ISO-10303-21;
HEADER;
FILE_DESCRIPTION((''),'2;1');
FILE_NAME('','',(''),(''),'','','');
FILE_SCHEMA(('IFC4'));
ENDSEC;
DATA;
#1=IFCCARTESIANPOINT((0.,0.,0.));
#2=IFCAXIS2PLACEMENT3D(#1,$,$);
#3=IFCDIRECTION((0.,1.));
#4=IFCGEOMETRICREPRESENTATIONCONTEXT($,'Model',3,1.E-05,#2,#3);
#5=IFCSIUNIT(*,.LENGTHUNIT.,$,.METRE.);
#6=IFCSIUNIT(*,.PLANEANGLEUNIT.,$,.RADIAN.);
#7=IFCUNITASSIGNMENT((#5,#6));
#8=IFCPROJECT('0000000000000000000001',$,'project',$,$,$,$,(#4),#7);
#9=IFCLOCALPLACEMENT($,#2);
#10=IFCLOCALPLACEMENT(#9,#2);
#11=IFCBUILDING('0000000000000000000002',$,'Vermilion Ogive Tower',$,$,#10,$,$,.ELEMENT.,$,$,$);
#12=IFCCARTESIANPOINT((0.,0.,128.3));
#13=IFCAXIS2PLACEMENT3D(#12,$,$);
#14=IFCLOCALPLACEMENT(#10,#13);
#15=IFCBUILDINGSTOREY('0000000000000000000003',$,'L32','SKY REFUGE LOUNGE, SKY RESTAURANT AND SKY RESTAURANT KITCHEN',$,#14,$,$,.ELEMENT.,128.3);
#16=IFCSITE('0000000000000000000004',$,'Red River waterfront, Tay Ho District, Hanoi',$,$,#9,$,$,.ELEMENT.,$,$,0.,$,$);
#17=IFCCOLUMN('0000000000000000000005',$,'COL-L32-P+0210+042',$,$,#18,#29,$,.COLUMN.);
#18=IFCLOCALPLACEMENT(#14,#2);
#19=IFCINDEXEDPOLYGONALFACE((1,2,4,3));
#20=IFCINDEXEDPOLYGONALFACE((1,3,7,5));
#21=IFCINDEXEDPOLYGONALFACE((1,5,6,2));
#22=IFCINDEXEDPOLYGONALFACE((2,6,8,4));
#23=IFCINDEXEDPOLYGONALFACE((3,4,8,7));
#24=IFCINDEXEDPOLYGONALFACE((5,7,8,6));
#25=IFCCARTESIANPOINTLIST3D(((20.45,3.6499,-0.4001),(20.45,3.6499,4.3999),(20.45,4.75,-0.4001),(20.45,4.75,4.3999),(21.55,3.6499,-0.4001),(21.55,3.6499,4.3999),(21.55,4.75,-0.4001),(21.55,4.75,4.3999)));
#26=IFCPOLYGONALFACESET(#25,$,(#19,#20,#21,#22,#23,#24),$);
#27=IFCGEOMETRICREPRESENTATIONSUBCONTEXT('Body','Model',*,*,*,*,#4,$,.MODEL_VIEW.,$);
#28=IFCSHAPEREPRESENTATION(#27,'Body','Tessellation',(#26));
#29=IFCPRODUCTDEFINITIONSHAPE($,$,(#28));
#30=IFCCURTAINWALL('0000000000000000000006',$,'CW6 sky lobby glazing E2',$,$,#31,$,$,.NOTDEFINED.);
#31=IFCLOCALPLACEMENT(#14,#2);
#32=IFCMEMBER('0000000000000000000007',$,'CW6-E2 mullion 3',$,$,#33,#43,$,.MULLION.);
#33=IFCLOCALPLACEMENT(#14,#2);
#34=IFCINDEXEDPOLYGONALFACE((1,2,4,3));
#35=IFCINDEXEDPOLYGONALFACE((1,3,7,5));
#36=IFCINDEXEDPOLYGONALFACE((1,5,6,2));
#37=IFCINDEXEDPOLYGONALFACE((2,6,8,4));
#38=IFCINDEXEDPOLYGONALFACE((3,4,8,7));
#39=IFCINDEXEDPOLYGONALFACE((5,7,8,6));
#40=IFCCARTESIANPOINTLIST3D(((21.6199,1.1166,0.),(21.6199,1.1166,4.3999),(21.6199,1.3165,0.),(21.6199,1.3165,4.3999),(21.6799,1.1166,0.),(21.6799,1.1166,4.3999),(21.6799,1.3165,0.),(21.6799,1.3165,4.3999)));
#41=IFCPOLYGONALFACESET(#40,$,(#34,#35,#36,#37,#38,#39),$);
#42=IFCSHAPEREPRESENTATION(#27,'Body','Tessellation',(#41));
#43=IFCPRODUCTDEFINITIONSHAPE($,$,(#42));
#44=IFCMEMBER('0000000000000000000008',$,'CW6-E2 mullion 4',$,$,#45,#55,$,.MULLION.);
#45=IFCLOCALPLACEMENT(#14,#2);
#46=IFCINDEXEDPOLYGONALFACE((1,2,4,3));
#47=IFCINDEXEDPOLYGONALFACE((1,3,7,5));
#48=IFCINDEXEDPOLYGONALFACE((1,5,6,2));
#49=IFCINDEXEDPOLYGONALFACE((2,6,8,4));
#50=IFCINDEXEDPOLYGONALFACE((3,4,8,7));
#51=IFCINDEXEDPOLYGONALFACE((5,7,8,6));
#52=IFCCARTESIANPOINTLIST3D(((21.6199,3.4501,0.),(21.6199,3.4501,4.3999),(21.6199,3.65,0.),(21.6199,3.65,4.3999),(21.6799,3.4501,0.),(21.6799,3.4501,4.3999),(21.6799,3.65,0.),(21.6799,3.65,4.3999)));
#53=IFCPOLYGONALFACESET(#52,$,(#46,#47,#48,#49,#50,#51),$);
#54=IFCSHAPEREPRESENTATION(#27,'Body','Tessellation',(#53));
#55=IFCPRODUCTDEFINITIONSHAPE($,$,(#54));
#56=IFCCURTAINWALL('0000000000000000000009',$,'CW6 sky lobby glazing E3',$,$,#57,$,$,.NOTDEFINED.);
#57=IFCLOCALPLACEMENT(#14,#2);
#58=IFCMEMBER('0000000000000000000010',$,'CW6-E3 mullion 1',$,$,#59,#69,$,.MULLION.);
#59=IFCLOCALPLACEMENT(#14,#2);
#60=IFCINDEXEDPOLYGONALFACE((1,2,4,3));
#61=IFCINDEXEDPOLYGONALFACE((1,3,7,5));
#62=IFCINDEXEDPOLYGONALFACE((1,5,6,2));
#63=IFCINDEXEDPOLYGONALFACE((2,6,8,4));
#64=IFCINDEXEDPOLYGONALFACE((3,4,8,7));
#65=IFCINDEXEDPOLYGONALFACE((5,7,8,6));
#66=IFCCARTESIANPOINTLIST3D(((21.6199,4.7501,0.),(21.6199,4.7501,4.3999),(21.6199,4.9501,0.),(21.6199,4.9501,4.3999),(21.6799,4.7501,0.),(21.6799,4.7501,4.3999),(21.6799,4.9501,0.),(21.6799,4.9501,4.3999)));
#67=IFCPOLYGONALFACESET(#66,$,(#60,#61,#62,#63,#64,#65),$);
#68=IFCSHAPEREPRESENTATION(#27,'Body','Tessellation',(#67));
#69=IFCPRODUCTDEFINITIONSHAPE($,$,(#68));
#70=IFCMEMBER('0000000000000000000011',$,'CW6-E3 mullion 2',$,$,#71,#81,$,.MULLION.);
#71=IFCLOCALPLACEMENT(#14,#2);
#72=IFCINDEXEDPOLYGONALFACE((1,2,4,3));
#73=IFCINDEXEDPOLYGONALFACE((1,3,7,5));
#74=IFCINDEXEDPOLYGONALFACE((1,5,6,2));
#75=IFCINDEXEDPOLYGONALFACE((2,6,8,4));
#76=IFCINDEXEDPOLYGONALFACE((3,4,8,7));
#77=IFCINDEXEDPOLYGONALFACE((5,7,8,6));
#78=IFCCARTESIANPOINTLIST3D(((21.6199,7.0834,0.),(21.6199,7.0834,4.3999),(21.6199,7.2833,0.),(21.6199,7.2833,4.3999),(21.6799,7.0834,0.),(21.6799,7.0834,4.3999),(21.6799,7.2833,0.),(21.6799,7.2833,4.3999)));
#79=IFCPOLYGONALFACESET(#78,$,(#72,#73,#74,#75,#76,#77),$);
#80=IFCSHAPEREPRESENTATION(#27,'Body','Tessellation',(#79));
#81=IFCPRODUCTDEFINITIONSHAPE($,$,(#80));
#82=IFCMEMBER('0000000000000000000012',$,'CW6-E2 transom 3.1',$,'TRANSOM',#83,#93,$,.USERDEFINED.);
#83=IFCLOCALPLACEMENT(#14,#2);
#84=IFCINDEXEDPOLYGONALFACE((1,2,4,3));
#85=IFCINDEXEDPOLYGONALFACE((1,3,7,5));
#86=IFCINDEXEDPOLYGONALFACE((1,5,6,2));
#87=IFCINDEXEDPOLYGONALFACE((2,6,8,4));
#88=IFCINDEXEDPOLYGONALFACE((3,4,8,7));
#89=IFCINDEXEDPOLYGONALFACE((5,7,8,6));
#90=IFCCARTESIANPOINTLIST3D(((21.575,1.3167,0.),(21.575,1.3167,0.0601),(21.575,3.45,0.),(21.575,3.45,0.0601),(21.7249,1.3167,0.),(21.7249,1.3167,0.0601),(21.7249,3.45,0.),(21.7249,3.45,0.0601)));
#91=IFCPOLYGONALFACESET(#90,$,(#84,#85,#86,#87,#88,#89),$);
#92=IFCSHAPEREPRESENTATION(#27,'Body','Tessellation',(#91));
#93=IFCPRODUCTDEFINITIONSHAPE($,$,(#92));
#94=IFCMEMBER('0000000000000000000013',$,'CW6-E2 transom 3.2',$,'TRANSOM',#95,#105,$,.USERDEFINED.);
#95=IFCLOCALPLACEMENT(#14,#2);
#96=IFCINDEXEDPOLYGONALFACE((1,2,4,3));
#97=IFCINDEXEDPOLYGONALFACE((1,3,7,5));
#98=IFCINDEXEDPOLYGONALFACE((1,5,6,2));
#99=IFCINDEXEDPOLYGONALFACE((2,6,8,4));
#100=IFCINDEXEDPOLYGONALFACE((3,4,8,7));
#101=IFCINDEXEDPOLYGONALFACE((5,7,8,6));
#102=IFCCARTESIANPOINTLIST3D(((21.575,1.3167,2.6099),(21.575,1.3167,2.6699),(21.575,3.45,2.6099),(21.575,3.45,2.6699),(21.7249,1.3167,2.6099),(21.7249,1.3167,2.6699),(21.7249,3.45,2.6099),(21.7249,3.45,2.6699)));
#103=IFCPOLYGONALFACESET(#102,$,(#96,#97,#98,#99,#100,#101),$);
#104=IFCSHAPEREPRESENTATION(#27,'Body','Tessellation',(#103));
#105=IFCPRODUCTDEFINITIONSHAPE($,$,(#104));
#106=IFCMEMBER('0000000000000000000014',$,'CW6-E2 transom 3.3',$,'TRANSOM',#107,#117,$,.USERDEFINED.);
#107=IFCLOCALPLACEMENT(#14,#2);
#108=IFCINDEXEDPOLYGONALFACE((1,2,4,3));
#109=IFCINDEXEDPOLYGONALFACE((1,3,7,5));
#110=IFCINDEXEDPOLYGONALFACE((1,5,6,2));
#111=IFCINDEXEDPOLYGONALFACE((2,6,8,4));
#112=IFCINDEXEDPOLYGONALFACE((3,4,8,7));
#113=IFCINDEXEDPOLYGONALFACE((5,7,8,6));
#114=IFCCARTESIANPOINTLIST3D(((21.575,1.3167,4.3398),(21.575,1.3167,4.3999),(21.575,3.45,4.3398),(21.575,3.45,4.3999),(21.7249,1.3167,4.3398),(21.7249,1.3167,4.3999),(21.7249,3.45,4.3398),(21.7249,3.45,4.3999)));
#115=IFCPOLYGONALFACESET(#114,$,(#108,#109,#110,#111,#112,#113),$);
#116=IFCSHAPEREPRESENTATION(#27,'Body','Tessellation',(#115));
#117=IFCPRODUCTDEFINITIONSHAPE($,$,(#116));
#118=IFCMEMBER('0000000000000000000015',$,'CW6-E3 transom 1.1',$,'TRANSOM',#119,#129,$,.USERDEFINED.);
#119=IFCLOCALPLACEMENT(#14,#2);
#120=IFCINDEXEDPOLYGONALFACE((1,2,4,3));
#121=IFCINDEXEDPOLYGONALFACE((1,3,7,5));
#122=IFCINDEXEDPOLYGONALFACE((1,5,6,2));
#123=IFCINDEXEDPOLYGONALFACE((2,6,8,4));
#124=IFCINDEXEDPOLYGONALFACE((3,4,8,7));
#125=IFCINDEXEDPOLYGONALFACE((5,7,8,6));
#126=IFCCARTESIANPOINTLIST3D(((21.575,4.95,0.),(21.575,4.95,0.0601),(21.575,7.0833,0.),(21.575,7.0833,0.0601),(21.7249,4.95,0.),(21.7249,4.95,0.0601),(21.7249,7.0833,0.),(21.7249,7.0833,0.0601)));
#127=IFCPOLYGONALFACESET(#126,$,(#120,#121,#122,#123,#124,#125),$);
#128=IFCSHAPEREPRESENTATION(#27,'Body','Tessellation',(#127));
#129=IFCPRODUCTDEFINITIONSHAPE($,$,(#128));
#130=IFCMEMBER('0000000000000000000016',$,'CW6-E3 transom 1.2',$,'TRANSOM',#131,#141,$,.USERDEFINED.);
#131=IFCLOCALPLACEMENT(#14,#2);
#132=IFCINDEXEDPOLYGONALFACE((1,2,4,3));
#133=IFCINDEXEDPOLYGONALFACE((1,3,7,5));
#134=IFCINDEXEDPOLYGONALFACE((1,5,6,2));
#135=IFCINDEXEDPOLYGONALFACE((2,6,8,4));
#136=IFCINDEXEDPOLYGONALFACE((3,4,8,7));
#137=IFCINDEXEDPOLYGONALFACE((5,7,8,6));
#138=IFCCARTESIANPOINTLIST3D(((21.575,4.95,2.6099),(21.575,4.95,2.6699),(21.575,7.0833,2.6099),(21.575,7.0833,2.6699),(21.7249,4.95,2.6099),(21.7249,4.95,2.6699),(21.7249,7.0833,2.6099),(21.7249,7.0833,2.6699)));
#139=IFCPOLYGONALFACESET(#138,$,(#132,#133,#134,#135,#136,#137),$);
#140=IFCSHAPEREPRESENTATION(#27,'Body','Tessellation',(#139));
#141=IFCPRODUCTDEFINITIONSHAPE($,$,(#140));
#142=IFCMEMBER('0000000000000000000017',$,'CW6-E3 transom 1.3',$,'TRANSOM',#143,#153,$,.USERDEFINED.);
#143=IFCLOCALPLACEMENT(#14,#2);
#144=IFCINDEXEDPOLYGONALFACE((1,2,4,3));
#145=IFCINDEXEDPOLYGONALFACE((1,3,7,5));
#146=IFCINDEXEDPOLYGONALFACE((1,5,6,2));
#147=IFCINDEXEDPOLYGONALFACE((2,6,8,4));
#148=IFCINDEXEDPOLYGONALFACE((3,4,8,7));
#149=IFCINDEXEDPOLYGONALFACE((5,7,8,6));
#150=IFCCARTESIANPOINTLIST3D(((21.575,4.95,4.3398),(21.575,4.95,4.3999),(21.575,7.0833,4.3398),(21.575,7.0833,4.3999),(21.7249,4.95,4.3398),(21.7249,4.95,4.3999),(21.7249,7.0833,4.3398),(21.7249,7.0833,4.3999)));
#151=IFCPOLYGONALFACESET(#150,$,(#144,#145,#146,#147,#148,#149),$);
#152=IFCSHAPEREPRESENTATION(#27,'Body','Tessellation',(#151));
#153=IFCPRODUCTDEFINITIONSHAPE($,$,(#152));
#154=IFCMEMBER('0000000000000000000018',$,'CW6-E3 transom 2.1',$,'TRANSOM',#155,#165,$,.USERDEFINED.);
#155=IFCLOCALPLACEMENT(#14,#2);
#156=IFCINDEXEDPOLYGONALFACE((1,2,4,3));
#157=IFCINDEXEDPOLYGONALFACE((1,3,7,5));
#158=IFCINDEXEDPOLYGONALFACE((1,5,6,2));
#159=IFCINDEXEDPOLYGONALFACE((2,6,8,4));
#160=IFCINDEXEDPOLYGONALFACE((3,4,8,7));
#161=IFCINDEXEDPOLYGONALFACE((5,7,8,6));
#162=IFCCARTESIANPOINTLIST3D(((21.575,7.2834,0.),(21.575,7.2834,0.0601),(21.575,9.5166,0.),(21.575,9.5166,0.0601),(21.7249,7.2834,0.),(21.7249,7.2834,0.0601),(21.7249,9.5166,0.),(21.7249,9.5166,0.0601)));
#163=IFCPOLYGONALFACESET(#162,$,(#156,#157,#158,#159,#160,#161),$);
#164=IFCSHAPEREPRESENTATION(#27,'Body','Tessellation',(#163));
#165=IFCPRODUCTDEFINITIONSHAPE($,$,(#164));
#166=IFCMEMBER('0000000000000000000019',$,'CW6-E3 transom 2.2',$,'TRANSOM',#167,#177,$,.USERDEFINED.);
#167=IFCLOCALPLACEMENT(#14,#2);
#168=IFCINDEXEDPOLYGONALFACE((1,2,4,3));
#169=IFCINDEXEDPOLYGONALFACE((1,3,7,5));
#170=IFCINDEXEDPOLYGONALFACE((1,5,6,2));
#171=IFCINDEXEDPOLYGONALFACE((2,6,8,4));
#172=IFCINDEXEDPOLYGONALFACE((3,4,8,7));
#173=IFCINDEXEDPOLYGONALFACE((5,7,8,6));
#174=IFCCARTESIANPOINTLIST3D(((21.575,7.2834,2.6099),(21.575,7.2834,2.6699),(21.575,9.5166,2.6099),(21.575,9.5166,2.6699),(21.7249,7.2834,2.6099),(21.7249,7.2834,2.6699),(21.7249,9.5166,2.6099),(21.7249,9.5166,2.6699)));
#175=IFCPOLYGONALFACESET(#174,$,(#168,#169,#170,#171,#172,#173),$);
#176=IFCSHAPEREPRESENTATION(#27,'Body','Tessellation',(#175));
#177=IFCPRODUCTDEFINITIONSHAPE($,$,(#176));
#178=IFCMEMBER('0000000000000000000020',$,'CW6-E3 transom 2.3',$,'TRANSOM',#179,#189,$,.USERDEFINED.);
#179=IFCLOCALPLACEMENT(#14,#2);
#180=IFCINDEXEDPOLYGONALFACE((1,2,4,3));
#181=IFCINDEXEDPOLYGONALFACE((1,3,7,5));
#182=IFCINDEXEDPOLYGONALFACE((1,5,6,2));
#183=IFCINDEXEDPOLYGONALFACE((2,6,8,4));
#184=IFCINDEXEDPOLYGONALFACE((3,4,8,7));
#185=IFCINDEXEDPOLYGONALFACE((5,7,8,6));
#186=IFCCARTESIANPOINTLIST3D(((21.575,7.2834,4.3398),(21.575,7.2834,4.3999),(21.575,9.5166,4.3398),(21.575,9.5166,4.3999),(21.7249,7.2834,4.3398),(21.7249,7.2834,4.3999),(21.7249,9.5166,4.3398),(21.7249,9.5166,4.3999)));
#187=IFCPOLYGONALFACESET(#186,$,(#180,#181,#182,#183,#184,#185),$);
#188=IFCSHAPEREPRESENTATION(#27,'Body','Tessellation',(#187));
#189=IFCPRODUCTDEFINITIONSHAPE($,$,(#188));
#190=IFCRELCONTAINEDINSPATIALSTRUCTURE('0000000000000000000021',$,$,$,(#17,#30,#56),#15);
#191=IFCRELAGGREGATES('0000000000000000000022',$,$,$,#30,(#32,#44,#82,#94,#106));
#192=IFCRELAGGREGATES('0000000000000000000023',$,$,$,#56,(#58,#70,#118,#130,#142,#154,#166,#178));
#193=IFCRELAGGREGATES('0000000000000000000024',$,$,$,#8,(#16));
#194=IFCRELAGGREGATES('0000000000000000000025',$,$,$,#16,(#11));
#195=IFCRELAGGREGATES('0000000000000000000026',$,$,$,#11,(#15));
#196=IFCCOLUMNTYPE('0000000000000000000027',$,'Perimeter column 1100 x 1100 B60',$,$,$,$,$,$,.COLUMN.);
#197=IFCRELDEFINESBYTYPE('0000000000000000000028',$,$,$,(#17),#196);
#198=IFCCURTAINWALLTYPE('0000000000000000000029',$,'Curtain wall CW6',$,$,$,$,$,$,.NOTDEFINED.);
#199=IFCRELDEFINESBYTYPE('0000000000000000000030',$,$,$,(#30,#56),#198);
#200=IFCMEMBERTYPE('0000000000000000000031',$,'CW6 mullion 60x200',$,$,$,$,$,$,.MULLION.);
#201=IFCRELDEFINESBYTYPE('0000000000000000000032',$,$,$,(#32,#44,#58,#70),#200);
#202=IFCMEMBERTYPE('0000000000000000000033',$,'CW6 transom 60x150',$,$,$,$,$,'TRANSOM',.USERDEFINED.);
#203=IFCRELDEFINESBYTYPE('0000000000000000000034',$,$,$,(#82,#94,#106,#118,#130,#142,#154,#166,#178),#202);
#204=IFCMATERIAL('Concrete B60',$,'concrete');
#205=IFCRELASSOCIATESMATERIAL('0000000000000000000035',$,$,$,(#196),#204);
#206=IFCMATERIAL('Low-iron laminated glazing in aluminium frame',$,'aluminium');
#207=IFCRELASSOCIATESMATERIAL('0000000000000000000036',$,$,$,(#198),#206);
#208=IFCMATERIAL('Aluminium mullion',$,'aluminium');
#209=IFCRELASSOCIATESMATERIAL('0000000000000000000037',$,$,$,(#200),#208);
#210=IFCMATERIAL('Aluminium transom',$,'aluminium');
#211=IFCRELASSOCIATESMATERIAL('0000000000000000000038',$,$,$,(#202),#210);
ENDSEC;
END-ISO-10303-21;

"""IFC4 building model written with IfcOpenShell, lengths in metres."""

from ifc_helpers import new_model, si_unit, direction, frame, origin, origin_2d, place, context, subcontext, project, spatial, rectangle, extrude, material, material_profile, profile_set, type_object, element, aggregate, save


model = new_model("IFC4")

# Units and contexts
model_context = context("Model", 3, precision=1e-05, world=origin(), true_north=direction((0.0, 1.0)))
body_context = subcontext(model_context, "Body", "Model", "MODEL_VIEW")
ifc_project = project(units=[si_unit("LENGTHUNIT", "METRE"), si_unit("PLANEANGLEUNIT", "RADIAN")], contexts=[model_context])

# Site, building, storey
site_placement = place(None, origin())
site = spatial("IfcSite", under=ifc_project, at=site_placement, Name="Red River waterfront, Tay Ho District, Hanoi", CompositionType="ELEMENT", RefElevation=0.0)
building_placement = place(site_placement, origin())
building = spatial("IfcBuilding", under=site, at=building_placement, Name="Vermilion Ogive Tower", CompositionType="ELEMENT")
storey_placement = place(building_placement, frame((0.0, 0.0, 128.3)))
storey = spatial("IfcBuildingStorey", under=building, at=storey_placement, Name="L32", Description="SKY REFUGE LOUNGE, SKY RESTAURANT AND SKY RESTAURANT KITCHEN", CompositionType="ELEMENT", Elevation=128.3)

# Column
ifc_material_1 = material(Name="Concrete B60", Category="concrete")
ifc_material_profile_1 = material_profile(ifc_material_1, rectangle(XDim=1.1001, YDim=1.1001, at=origin_2d()), Name="1100 x 1100")
ifc_profile_set_1 = profile_set([ifc_material_profile_1], Name="Concrete B60")
column_type = type_object("IfcColumnType", Name="Perimeter column 1100 x 1100 B60", PredefinedType="COLUMN", material=ifc_profile_set_1)
column_placement = place(storey_placement, frame((21.0, 4.2, -0.4001), z_axis=(0.0, 0.0, 1.0), x_axis=(1.0, 0.0, 0.0)))
element("IfcColumn", 1, at=column_placement, inside=storey, type_object=column_type, Name="COL-L32-P+0210+042", PredefinedType="COLUMN", context=body_context, shape_type="SweptSolid", body=[
    extrude(rectangle(XDim=1.1001, YDim=1.1001, at=origin_2d()), origin(), (0.0, 0.0, 1.0), 4.8),
])

# Curtain walls, members
ifc_material_2 = material(Name="Low-iron laminated glazing in aluminium frame", Category="aluminium")
curtain_wall_type = type_object("IfcCurtainWallType", Name="Curtain wall CW6", PredefinedType="NOTDEFINED", material=ifc_material_2)
curtain_wall_1_placement = place(storey_placement, origin())
curtain_wall_1 = element("IfcCurtainWall", 2, at=curtain_wall_1_placement, inside=storey, type_object=curtain_wall_type, Name="CW6 sky lobby glazing E2", PredefinedType="NOTDEFINED")
ifc_material_3 = material(Name="Aluminium mullion", Category="aluminium")
ifc_material_profile_2 = material_profile(ifc_material_3, rectangle(XDim=0.0601, YDim=0.2, at=origin_2d()), Name="AL 60x200")
ifc_profile_set_2 = profile_set([ifc_material_profile_2], Name="Aluminium mullion")
member_type_1 = type_object("IfcMemberType", Name="CW6 mullion 60x200", PredefinedType="MULLION", material=ifc_profile_set_2)
member_1_placement = place(storey_placement, frame((21.6499, 1.2166, 0.0), z_axis=(0.0, 0.0, 1.0), x_axis=(-1.0, 0.0, 0.0)))
member_1 = element("IfcMember", 3, at=member_1_placement, type_object=member_type_1, Name="CW6-E2 mullion 3", PredefinedType="MULLION", context=body_context, shape_type="SweptSolid", body=[
    extrude(rectangle(XDim=0.0601, YDim=0.2, at=origin_2d()), origin(), (0.0, 0.0, 1.0), 4.3999),
])
member_2_placement = place(storey_placement, frame((21.6499, 3.55, 0.0), z_axis=(0.0, 0.0, 1.0), x_axis=(-1.0, 0.0, 0.0)))
member_2 = element("IfcMember", 4, at=member_2_placement, type_object=member_type_1, Name="CW6-E2 mullion 4", PredefinedType="MULLION", context=body_context, shape_type="SweptSolid", body=[
    extrude(rectangle(XDim=0.0601, YDim=0.2, at=origin_2d()), origin(), (0.0, 0.0, 1.0), 4.3999),
])
curtain_wall_2_placement = place(storey_placement, origin())
curtain_wall_2 = element("IfcCurtainWall", 5, at=curtain_wall_2_placement, inside=storey, type_object=curtain_wall_type, Name="CW6 sky lobby glazing E3", PredefinedType="NOTDEFINED")
member_3_placement = place(storey_placement, frame((21.6499, 4.8501, 0.0), z_axis=(0.0, 0.0, 1.0), x_axis=(-1.0, 0.0, 0.0)))
member_3 = element("IfcMember", 6, at=member_3_placement, type_object=member_type_1, Name="CW6-E3 mullion 1", PredefinedType="MULLION", context=body_context, shape_type="SweptSolid", body=[
    extrude(rectangle(XDim=0.0601, YDim=0.2, at=origin_2d()), origin(), (0.0, 0.0, 1.0), 4.3999),
])
member_4_placement = place(storey_placement, frame((21.6499, 7.1833, 0.0), z_axis=(0.0, 0.0, 1.0), x_axis=(-1.0, 0.0, 0.0)))
member_4 = element("IfcMember", 7, at=member_4_placement, type_object=member_type_1, Name="CW6-E3 mullion 2", PredefinedType="MULLION", context=body_context, shape_type="SweptSolid", body=[
    extrude(rectangle(XDim=0.0601, YDim=0.2, at=origin_2d()), origin(), (0.0, 0.0, 1.0), 4.3999),
])

# Members
ifc_material_4 = material(Name="Aluminium transom", Category="aluminium")
ifc_material_profile_3 = material_profile(ifc_material_4, rectangle(XDim=0.1499, YDim=0.0601, at=origin_2d()), Name="AL 60x150")
ifc_profile_set_3 = profile_set([ifc_material_profile_3], Name="Aluminium transom")
member_type_2 = type_object("IfcMemberType", Name="CW6 transom 60x150", ElementType="TRANSOM", PredefinedType="USERDEFINED", material=ifc_profile_set_3)
member_5_placement = place(storey_placement, frame((21.6499, 1.3167, 0.03), z_axis=(0.0, 1.0, 0.0), x_axis=(-1.0, 0.0, 0.0)))
member_5 = element("IfcMember", 8, at=member_5_placement, type_object=member_type_2, Name="CW6-E2 transom 3.1", ObjectType="TRANSOM", PredefinedType="USERDEFINED", context=body_context, shape_type="SweptSolid", body=[
    extrude(rectangle(XDim=0.1499, YDim=0.0601, at=origin_2d()), origin(), (0.0, 0.0, 1.0), 2.1333),
])
member_6_placement = place(storey_placement, frame((21.6499, 1.3167, 2.6399), z_axis=(0.0, 1.0, 0.0), x_axis=(-1.0, 0.0, 0.0)))
member_6 = element("IfcMember", 9, at=member_6_placement, type_object=member_type_2, Name="CW6-E2 transom 3.2", ObjectType="TRANSOM", PredefinedType="USERDEFINED", context=body_context, shape_type="SweptSolid", body=[
    extrude(rectangle(XDim=0.1499, YDim=0.0601, at=origin_2d()), origin(), (0.0, 0.0, 1.0), 2.1333),
])
member_7_placement = place(storey_placement, frame((21.6499, 1.3167, 4.3699), z_axis=(0.0, 1.0, 0.0), x_axis=(-1.0, 0.0, 0.0)))
member_7 = element("IfcMember", 10, at=member_7_placement, type_object=member_type_2, Name="CW6-E2 transom 3.3", ObjectType="TRANSOM", PredefinedType="USERDEFINED", context=body_context, shape_type="SweptSolid", body=[
    extrude(rectangle(XDim=0.1499, YDim=0.0601, at=origin_2d()), origin(), (0.0, 0.0, 1.0), 2.1333),
])
member_8_placement = place(storey_placement, frame((21.6499, 4.95, 0.03), z_axis=(0.0, 1.0, 0.0), x_axis=(-1.0, 0.0, 0.0)))
member_8 = element("IfcMember", 11, at=member_8_placement, type_object=member_type_2, Name="CW6-E3 transom 1.1", ObjectType="TRANSOM", PredefinedType="USERDEFINED", context=body_context, shape_type="SweptSolid", body=[
    extrude(rectangle(XDim=0.1499, YDim=0.0601, at=origin_2d()), origin(), (0.0, 0.0, 1.0), 2.1333),
])
member_9_placement = place(storey_placement, frame((21.6499, 4.95, 2.6399), z_axis=(0.0, 1.0, 0.0), x_axis=(-1.0, 0.0, 0.0)))
member_9 = element("IfcMember", 12, at=member_9_placement, type_object=member_type_2, Name="CW6-E3 transom 1.2", ObjectType="TRANSOM", PredefinedType="USERDEFINED", context=body_context, shape_type="SweptSolid", body=[
    extrude(rectangle(XDim=0.1499, YDim=0.0601, at=origin_2d()), origin(), (0.0, 0.0, 1.0), 2.1333),
])
member_10_placement = place(storey_placement, frame((21.6499, 4.95, 4.3699), z_axis=(0.0, 1.0, 0.0), x_axis=(-1.0, 0.0, 0.0)))
member_10 = element("IfcMember", 13, at=member_10_placement, type_object=member_type_2, Name="CW6-E3 transom 1.3", ObjectType="TRANSOM", PredefinedType="USERDEFINED", context=body_context, shape_type="SweptSolid", body=[
    extrude(rectangle(XDim=0.1499, YDim=0.0601, at=origin_2d()), origin(), (0.0, 0.0, 1.0), 2.1333),
])
member_11_placement = place(storey_placement, frame((21.6499, 7.2834, 0.03), z_axis=(0.0, 1.0, 0.0), x_axis=(-1.0, 0.0, 0.0)))
member_11 = element("IfcMember", 14, at=member_11_placement, type_object=member_type_2, Name="CW6-E3 transom 2.1", ObjectType="TRANSOM", PredefinedType="USERDEFINED", context=body_context, shape_type="SweptSolid", body=[
    extrude(rectangle(XDim=0.1499, YDim=0.0601, at=origin_2d()), origin(), (0.0, 0.0, 1.0), 2.2332),
])
member_12_placement = place(storey_placement, frame((21.6499, 7.2834, 2.6399), z_axis=(0.0, 1.0, 0.0), x_axis=(-1.0, 0.0, 0.0)))
member_12 = element("IfcMember", 15, at=member_12_placement, type_object=member_type_2, Name="CW6-E3 transom 2.2", ObjectType="TRANSOM", PredefinedType="USERDEFINED", context=body_context, shape_type="SweptSolid", body=[
    extrude(rectangle(XDim=0.1499, YDim=0.0601, at=origin_2d()), origin(), (0.0, 0.0, 1.0), 2.2332),
])
member_13_placement = place(storey_placement, frame((21.6499, 7.2834, 4.3699), z_axis=(0.0, 1.0, 0.0), x_axis=(-1.0, 0.0, 0.0)))
member_13 = element("IfcMember", 16, at=member_13_placement, type_object=member_type_2, Name="CW6-E3 transom 2.3", ObjectType="TRANSOM", PredefinedType="USERDEFINED", context=body_context, shape_type="SweptSolid", body=[
    extrude(rectangle(XDim=0.1499, YDim=0.0601, at=origin_2d()), origin(), (0.0, 0.0, 1.0), 2.2332),
])

aggregate(curtain_wall_1, [member_1, member_2, member_5, member_6, member_7])
aggregate(curtain_wall_2, [member_3, member_4, member_8, member_9, member_10, member_11, member_12, member_13])

save(model, "model.ifc")
